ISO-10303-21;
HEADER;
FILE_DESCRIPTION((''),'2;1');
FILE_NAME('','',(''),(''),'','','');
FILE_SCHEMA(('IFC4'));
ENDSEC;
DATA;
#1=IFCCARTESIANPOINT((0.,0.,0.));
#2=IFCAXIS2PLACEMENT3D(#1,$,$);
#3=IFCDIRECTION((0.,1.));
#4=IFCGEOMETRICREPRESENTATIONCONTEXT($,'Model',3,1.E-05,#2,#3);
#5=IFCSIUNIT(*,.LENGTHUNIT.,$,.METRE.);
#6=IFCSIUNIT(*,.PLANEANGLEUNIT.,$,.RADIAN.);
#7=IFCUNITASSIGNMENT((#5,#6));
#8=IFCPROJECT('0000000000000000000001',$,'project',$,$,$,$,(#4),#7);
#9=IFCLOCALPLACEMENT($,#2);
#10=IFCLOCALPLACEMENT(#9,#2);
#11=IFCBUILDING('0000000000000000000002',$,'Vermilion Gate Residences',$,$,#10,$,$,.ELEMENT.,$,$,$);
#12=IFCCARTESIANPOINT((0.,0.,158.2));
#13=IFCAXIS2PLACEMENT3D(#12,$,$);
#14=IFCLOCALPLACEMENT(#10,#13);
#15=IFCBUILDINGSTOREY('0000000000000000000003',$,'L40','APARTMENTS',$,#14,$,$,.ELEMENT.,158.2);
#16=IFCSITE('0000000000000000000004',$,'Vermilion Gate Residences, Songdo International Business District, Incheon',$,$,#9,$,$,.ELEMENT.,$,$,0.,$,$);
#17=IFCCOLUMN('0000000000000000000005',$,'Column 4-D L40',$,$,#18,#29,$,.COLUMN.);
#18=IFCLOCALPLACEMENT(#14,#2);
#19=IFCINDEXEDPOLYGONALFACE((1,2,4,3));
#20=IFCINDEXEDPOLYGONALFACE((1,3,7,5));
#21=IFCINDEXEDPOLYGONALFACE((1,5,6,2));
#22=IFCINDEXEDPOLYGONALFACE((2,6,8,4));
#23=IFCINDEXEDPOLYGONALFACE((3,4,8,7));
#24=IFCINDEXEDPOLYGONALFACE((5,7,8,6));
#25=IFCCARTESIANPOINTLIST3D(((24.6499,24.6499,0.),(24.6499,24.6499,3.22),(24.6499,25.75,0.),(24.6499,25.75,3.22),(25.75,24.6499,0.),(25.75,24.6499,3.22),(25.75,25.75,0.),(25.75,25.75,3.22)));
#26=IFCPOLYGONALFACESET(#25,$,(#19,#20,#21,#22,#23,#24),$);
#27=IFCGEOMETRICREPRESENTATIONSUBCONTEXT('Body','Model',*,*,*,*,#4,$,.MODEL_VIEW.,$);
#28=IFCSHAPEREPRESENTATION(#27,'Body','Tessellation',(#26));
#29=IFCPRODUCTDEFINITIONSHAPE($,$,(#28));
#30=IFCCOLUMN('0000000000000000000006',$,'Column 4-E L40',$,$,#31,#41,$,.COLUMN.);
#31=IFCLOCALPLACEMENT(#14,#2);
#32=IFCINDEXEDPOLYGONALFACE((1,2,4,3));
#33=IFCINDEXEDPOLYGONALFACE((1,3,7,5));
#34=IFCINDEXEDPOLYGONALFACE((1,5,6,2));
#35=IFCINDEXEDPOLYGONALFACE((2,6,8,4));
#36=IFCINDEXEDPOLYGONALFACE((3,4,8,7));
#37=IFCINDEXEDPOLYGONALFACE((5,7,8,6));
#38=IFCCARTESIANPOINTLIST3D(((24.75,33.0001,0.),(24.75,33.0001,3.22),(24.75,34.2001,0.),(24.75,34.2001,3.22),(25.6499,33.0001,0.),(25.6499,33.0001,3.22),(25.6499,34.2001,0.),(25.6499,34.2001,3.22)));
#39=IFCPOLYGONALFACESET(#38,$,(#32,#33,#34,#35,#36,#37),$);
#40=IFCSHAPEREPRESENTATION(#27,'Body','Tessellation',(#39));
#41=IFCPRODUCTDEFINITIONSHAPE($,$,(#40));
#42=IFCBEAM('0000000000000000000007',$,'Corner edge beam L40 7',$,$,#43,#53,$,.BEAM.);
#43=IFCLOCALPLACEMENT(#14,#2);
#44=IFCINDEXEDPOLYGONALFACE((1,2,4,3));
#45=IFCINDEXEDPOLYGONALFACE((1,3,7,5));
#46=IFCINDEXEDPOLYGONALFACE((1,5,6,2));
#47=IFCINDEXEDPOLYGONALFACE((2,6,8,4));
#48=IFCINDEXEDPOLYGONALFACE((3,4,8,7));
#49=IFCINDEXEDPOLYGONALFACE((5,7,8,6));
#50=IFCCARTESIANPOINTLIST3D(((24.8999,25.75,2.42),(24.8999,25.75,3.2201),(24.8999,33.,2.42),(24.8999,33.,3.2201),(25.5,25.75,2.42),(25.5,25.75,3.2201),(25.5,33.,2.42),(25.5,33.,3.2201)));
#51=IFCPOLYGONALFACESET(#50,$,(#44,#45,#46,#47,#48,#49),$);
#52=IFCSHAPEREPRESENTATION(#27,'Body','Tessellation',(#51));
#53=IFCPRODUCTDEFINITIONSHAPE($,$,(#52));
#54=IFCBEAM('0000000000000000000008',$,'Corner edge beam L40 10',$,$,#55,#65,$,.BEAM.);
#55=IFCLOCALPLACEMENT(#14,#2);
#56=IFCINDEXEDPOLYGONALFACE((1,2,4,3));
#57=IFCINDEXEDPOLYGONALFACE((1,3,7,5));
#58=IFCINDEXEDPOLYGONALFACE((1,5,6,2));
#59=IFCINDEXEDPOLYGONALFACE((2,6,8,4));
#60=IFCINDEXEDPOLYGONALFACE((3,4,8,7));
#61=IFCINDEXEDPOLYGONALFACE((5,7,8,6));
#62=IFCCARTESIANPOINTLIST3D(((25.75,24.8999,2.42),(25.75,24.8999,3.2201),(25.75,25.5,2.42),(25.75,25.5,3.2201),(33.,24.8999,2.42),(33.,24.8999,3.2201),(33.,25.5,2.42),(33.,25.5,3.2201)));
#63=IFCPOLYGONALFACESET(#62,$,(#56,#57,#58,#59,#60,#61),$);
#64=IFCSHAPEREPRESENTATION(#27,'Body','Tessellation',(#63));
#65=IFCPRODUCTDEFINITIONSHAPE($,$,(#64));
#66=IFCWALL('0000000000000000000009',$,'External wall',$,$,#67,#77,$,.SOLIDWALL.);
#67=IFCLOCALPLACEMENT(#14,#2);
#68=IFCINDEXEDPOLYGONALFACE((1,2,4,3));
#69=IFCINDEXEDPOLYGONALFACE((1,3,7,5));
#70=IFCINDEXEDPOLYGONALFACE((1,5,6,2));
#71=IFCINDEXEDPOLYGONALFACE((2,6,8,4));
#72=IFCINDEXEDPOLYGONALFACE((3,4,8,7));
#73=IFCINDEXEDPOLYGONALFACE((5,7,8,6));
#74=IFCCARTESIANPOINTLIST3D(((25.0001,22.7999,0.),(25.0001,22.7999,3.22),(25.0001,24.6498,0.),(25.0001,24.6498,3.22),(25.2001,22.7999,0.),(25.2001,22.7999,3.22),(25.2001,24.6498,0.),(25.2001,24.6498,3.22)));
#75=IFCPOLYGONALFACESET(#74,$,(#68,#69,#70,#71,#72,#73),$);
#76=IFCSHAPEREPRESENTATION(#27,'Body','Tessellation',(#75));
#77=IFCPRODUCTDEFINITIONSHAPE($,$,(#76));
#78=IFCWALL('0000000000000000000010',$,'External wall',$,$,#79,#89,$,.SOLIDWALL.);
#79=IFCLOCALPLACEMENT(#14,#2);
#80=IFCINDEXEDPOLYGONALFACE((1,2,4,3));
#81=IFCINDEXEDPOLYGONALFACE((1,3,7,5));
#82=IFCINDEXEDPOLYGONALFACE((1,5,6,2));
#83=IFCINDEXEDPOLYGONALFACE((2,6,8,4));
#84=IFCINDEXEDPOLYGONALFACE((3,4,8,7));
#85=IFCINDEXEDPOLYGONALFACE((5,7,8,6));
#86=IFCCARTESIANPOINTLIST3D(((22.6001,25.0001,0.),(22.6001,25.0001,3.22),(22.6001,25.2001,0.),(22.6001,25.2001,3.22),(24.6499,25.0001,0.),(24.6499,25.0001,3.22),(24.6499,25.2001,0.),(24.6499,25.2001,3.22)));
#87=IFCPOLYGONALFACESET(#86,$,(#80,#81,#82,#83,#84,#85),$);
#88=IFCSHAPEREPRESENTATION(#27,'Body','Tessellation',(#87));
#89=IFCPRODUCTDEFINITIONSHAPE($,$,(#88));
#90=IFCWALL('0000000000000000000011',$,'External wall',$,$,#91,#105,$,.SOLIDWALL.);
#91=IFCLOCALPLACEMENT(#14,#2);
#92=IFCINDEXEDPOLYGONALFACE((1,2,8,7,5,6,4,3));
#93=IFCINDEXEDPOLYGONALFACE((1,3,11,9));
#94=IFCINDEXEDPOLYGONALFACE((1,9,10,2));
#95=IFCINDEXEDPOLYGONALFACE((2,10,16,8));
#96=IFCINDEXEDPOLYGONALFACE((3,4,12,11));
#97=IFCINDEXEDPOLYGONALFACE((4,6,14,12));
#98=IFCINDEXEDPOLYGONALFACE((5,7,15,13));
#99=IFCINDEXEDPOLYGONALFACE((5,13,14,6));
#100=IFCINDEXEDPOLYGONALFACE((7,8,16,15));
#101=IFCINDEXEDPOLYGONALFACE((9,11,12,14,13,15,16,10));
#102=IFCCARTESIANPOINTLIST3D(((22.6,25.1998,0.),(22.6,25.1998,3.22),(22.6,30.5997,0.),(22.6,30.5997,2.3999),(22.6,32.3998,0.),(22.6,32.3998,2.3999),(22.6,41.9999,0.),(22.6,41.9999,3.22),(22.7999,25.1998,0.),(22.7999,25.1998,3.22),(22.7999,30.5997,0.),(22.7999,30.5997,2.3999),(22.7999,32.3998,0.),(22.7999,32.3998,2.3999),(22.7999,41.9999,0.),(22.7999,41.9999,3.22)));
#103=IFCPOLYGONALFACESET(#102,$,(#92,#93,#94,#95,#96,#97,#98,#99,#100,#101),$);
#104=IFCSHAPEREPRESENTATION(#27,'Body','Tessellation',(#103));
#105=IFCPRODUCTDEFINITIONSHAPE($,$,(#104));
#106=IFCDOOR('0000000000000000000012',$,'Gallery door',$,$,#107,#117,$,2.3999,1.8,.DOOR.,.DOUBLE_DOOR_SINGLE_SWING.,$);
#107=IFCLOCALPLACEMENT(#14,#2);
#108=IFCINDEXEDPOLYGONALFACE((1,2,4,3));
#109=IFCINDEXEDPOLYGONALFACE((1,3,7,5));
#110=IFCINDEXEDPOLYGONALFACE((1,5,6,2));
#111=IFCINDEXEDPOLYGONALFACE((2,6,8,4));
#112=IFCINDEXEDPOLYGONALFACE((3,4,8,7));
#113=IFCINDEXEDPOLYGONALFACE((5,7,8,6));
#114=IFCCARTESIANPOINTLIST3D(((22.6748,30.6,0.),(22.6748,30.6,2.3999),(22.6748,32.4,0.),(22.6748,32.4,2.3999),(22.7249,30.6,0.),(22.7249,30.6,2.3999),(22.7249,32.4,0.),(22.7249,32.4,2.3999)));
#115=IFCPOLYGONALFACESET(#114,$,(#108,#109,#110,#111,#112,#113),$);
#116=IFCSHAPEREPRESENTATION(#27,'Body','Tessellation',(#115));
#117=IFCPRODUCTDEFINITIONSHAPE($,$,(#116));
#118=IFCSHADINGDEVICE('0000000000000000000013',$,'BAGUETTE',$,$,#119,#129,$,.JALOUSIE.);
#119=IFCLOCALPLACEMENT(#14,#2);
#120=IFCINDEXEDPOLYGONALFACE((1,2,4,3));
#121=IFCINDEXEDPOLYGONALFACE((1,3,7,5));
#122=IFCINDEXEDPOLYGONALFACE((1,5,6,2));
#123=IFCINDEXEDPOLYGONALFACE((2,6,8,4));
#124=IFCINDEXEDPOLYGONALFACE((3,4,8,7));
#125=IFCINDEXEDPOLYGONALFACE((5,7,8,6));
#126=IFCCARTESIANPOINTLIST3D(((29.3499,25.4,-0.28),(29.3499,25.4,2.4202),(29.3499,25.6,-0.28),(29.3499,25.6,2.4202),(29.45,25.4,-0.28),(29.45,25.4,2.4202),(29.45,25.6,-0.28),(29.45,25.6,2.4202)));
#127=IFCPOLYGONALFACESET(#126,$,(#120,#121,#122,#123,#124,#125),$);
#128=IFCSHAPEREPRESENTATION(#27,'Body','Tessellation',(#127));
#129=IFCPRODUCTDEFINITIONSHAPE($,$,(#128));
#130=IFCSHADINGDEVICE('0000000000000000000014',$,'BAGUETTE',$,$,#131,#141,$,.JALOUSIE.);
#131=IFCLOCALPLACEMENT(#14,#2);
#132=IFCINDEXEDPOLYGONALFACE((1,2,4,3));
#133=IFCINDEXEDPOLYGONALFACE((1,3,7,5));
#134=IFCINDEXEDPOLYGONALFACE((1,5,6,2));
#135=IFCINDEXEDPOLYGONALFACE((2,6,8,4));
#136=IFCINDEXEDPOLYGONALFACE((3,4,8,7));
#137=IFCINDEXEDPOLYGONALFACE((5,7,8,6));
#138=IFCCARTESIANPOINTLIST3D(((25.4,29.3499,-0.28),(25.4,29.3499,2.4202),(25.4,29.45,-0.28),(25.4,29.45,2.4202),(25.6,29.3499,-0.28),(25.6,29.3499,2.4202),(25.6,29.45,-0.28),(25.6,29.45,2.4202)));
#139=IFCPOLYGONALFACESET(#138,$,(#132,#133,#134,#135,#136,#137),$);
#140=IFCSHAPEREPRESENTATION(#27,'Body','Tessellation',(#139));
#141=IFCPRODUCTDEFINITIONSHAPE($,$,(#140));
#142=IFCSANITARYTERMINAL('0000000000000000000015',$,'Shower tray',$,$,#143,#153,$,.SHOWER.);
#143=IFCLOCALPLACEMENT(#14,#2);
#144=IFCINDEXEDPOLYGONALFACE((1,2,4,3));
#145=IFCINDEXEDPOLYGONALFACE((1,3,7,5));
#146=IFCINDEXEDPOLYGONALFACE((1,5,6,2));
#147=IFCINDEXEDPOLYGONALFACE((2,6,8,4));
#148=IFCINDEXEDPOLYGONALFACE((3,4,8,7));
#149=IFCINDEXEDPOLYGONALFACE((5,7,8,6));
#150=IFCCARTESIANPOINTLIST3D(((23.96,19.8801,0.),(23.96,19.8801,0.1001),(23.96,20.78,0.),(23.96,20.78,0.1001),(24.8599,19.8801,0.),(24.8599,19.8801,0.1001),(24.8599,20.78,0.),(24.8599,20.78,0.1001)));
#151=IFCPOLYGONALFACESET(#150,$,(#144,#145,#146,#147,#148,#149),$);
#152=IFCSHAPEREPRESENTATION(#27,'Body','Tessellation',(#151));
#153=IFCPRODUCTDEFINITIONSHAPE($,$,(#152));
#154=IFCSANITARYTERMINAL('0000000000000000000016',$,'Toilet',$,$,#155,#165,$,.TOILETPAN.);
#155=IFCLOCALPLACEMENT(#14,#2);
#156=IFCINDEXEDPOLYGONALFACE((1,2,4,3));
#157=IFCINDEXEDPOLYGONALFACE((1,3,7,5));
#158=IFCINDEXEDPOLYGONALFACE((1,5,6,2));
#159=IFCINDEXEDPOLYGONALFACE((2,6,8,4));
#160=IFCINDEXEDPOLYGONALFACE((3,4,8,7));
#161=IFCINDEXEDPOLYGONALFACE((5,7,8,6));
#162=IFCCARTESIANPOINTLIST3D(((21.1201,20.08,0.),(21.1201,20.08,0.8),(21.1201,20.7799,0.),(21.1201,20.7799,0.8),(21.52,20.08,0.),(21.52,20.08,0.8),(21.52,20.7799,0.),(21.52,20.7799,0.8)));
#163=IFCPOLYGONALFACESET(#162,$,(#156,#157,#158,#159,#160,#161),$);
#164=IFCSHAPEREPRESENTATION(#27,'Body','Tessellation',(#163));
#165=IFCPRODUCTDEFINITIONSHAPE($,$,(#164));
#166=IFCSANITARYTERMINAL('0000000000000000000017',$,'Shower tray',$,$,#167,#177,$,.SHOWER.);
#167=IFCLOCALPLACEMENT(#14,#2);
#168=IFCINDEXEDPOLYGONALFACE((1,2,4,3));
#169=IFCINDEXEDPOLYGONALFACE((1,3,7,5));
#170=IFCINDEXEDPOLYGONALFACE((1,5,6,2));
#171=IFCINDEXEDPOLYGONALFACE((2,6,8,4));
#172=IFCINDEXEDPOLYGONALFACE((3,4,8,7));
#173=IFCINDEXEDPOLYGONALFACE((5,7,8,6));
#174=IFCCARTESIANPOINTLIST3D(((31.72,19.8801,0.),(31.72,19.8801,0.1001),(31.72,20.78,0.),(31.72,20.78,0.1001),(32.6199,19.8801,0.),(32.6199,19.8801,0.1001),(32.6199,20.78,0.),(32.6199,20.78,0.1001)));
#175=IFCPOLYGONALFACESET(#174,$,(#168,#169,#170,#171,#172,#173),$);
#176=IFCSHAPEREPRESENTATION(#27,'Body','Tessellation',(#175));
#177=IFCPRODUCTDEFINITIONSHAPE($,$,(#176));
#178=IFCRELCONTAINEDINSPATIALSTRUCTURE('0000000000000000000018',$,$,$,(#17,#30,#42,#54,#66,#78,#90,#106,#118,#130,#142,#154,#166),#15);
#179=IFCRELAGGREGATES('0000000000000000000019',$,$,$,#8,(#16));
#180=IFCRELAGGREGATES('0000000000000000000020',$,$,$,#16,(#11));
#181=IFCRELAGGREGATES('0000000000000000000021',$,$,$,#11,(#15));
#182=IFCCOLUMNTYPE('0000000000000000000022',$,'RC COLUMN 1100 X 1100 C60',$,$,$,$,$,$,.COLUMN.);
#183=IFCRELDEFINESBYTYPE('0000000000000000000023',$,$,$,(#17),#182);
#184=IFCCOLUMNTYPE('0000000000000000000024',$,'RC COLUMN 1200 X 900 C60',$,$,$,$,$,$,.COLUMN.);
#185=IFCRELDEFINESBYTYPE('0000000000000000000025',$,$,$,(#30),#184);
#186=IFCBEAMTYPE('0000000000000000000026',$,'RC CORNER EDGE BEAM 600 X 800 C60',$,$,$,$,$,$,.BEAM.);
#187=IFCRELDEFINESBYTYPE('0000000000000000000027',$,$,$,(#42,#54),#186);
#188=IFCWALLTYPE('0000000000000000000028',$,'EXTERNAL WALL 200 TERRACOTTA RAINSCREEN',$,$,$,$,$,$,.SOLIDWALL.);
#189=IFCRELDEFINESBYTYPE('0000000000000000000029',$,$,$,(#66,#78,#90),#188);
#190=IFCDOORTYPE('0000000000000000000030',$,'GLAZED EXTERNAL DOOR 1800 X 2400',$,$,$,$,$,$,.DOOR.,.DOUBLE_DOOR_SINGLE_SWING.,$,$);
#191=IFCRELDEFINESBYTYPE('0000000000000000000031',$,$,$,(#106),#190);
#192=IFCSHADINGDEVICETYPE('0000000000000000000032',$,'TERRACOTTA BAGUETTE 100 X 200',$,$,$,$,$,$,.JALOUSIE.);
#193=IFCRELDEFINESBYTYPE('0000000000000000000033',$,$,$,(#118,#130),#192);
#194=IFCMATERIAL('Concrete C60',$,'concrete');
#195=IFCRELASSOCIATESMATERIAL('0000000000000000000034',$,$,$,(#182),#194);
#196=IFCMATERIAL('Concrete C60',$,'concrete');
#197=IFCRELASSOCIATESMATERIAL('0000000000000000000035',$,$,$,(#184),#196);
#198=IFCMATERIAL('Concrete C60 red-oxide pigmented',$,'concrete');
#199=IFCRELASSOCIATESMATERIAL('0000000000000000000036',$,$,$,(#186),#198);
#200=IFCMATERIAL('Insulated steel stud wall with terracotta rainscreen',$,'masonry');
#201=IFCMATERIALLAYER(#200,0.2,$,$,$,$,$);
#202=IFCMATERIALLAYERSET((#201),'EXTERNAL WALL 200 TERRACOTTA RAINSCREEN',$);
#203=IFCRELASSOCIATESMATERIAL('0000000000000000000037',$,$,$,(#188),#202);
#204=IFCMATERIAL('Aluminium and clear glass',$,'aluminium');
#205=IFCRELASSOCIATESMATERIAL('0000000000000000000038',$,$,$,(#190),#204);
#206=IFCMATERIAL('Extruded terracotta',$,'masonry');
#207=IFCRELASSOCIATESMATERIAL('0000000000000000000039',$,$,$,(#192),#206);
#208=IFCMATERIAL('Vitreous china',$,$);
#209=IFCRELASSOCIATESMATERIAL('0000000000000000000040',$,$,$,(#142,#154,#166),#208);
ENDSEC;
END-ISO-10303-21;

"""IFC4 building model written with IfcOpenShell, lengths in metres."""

from ifc_helpers import new_model, si_unit, direction, frame, frame_2d, origin, origin_2d, place, context, subcontext, project, spatial, rectangle, extrude, material, layer, layer_set, material_profile, profile_set, type_object, element, fill, save


model = new_model("IFC4")

# Units and contexts
model_context = context("Model", 3, precision=1e-05, world=origin(), true_north=direction((0.0, 1.0)))
body_context = subcontext(model_context, "Body", "Model", "MODEL_VIEW")
ifc_project = project(units=[si_unit("LENGTHUNIT", "METRE"), si_unit("PLANEANGLEUNIT", "RADIAN")], contexts=[model_context])

# Site, building, storey
site_placement = place(None, origin())
site = spatial("IfcSite", under=ifc_project, at=site_placement, Name="Vermilion Gate Residences, Songdo International Business District, Incheon", CompositionType="ELEMENT", RefElevation=0.0)
building_placement = place(site_placement, origin())
building = spatial("IfcBuilding", under=site, at=building_placement, Name="Vermilion Gate Residences", CompositionType="ELEMENT")
storey_placement = place(building_placement, frame((0.0, 0.0, 158.2)))
storey = spatial("IfcBuildingStorey", under=building, at=storey_placement, Name="L40", Description="APARTMENTS", CompositionType="ELEMENT", Elevation=158.2)

# Columns
ifc_material_1 = material(Name="Concrete C60", Category="concrete")
ifc_material_profile_1 = material_profile(ifc_material_1, rectangle(XDim=1.1001, YDim=1.1001, at=origin_2d()), Name="RC-1100x1100")
ifc_profile_set_1 = profile_set([ifc_material_profile_1], Name="Concrete C60")
column_type_1 = type_object("IfcColumnType", Name="RC COLUMN 1100 X 1100 C60", PredefinedType="COLUMN", material=ifc_profile_set_1)
column_1_placement = place(storey_placement, frame((25.2, 25.2, 0.0), z_axis=(0.0, 0.0, 1.0), x_axis=(1.0, 0.0, 0.0)))
element("IfcColumn", 1, at=column_1_placement, inside=storey, type_object=column_type_1, Name="Column 4-D L40", PredefinedType="COLUMN", context=body_context, shape_type="SweptSolid", body=[
    extrude(rectangle(XDim=1.1001, YDim=1.1001, at=origin_2d()), origin(), (0.0, 0.0, 1.0), 3.22),
])
ifc_material_2 = material(Name="Concrete C60", Category="concrete")
ifc_material_profile_2 = material_profile(ifc_material_2, rectangle(XDim=1.2, YDim=0.8999, at=origin_2d()), Name="RC-1200x900")
ifc_profile_set_2 = profile_set([ifc_material_profile_2], Name="Concrete C60")
column_type_2 = type_object("IfcColumnType", Name="RC COLUMN 1200 X 900 C60", PredefinedType="COLUMN", material=ifc_profile_set_2)
column_2_placement = place(storey_placement, frame((25.2, 33.6001, 0.0), z_axis=(0.0, 0.0, 1.0), x_axis=(0.0, 1.0, 0.0)))
element("IfcColumn", 2, at=column_2_placement, inside=storey, type_object=column_type_2, Name="Column 4-E L40", PredefinedType="COLUMN", context=body_context, shape_type="SweptSolid", body=[
    extrude(rectangle(XDim=1.2, YDim=0.8999, at=origin_2d()), origin(), (0.0, 0.0, 1.0), 3.22),
])

# Beams
ifc_material_3 = material(Name="Concrete C60 red-oxide pigmented", Category="concrete")
ifc_material_profile_3 = material_profile(ifc_material_3, rectangle(XDim=0.6001, YDim=0.8, at=origin_2d()), Name="RC-600x800")
ifc_profile_set_3 = profile_set([ifc_material_profile_3], Name="Concrete C60 red-oxide pigmented")
beam_type = type_object("IfcBeamType", Name="RC CORNER EDGE BEAM 600 X 800 C60", PredefinedType="BEAM", material=ifc_profile_set_3)
for number, where, z_axis, x_axis, name in (
    (3, (25.2, 25.75, 2.8201), (0.0, 1.0, 0.0), (-1.0, 0.0, 0.0), "Corner edge beam L40 7"),
    (4, (25.75, 25.2, 2.8201), (1.0, 0.0, 0.0), (0.0, 1.0, 0.0), "Corner edge beam L40 10"),
):
    element("IfcBeam", number, at=place(storey_placement, frame(where, z_axis=z_axis, x_axis=x_axis)), inside=storey, type_object=beam_type, Name=name, PredefinedType="BEAM", context=body_context, shape_type="SweptSolid", body=[
        extrude(rectangle(XDim=0.6001, YDim=0.8, at=origin_2d()), origin(), (0.0, 0.0, 1.0), 7.25),
    ])

# Walls
ifc_material_4 = material(Name="Insulated steel stud wall with terracotta rainscreen", Category="masonry")
ifc_layer = layer(ifc_material_4, 0.2)
ifc_layer_set = layer_set([ifc_layer], Name="EXTERNAL WALL 200 TERRACOTTA RAINSCREEN")
wall_type = type_object("IfcWallType", Name="EXTERNAL WALL 200 TERRACOTTA RAINSCREEN", PredefinedType="SOLIDWALL", material=ifc_layer_set)
wall_1_placement = place(storey_placement, frame((25.1001, 22.8, 0.0), z_axis=(0.0, 0.0, 1.0), x_axis=(0.0, 1.0, 0.0)))
element("IfcWall", 5, at=wall_1_placement, inside=storey, type_object=wall_type, Name="External wall", PredefinedType="SOLIDWALL", context=body_context, shape_type="SweptSolid", body=[
    extrude(rectangle(XDim=1.8499, YDim=0.2, at=frame_2d((0.9248, 0.0))), origin(), (0.0, 0.0, 1.0), 3.22),
])
wall_2_placement = place(storey_placement, frame((24.6499, 25.1001, 0.0), z_axis=(0.0, 0.0, 1.0), x_axis=(-1.0, 0.0, 0.0)))
element("IfcWall", 6, at=wall_2_placement, inside=storey, type_object=wall_type, Name="External wall", PredefinedType="SOLIDWALL", context=body_context, shape_type="SweptSolid", body=[
    extrude(rectangle(XDim=2.0498, YDim=0.2, at=frame_2d((1.0249, 0.0))), origin(), (0.0, 0.0, 1.0), 3.22),
])

# Wall, opening, door
wall_3_placement = place(storey_placement, frame((22.7, 25.2, 0.0), z_axis=(0.0, 0.0, 1.0), x_axis=(0.0, 1.0, 0.0)))
wall_3 = element("IfcWall", 7, at=wall_3_placement, inside=storey, type_object=wall_type, Name="External wall", PredefinedType="SOLIDWALL", context=body_context, shape_type="SweptSolid", body=[
    extrude(rectangle(XDim=16.8, YDim=0.2, at=frame_2d((8.3999, 0.0))), origin(), (0.0, 0.0, 1.0), 3.22),
])
opening_placement = place(wall_3_placement, frame((5.3999, 0.0, 0.0)))
opening = element("IfcOpeningElement", 8, at=opening_placement, cuts=wall_3, PredefinedType="OPENING", context=body_context, shape_type="SweptSolid", body=[
    extrude(rectangle(XDim=1.8, YDim=2.3999, at=frame_2d((0.8999, 1.2))), frame((0.0, 0.1099, 0.0), z_axis=(0.0, -1.0, 0.0), x_axis=(1.0, 0.0, 0.0)), (0.0, 0.0, 1.0), 0.22),
])
ifc_material_5 = material(Name="Aluminium and clear glass", Category="aluminium")
door_type = type_object("IfcDoorType", Name="GLAZED EXTERNAL DOOR 1800 X 2400", OperationType="DOUBLE_DOOR_SINGLE_SWING", PredefinedType="DOOR", material=ifc_material_5)
door_placement = place(opening_placement, frame((1.8, 0.0, 0.0), z_axis=(0.0, 0.0, 1.0), x_axis=(-1.0, 0.0, 0.0)))
door = element("IfcDoor", 9, at=door_placement, inside=storey, type_object=door_type, Name="Gallery door", OperationType="DOUBLE_DOOR_SINGLE_SWING", OverallHeight=2.3999, OverallWidth=1.8, PredefinedType="DOOR", context=body_context, shape_type="SweptSolid", body=[
    extrude(rectangle(XDim=1.8, YDim=2.3999, at=frame_2d((0.8999, 1.2))), frame((0.0, 0.0249, 0.0), z_axis=(0.0, -1.0, 0.0), x_axis=(1.0, 0.0, 0.0)), (0.0, 0.0, 1.0), 0.05),
])
fill(opening, door)

# Shading devices
ifc_material_6 = material(Name="Extruded terracotta", Category="masonry")
ifc_material_profile_4 = material_profile(ifc_material_6, rectangle(XDim=0.2, YDim=0.1001, at=origin_2d()), Name="BAGUETTE 100 X 200")
ifc_profile_set_4 = profile_set([ifc_material_profile_4], Name="Extruded terracotta")
shading_device_type = type_object("IfcShadingDeviceType", Name="TERRACOTTA BAGUETTE 100 X 200", PredefinedType="JALOUSIE", material=ifc_profile_set_4)
for number, where, z_axis, x_axis, name in (
    (10, (29.3999, 25.5, -0.28), (0.0, 0.0, 1.0), (0.0, -1.0, 0.0), "BAGUETTE"),
    (11, (25.5, 29.3999, -0.28), (0.0, 0.0, 1.0), (-1.0, 0.0, 0.0), "BAGUETTE"),
):
    element("IfcShadingDevice", number, at=place(storey_placement, frame(where, z_axis=z_axis, x_axis=x_axis)), inside=storey, type_object=shading_device_type, Name=name, PredefinedType="JALOUSIE", context=body_context, shape_type="SweptSolid", body=[
        extrude(rectangle(XDim=0.2, YDim=0.1001, at=origin_2d()), origin(), (0.0, 0.0, 1.0), 2.7002),
    ])

# Sanitary terminals
ifc_material_7 = material(Name="Vitreous china")
sanitary_terminal_1_placement = place(storey_placement, frame((24.4099, 20.3301, 0.0), z_axis=(0.0, 0.0, 1.0), x_axis=(1.0, 0.0, 0.0)))
element("IfcSanitaryTerminal", 12, at=sanitary_terminal_1_placement, inside=storey, material=ifc_material_7, Name="Shower tray", PredefinedType="SHOWER", context=body_context, shape_type="SweptSolid", body=[
    extrude(rectangle(XDim=0.8999, YDim=0.8999, at=origin_2d()), origin(), (0.0, 0.0, 1.0), 0.1001),
])
sanitary_terminal_2_placement = place(storey_placement, frame((21.3201, 20.4299, 0.0), z_axis=(0.0, 0.0, 1.0), x_axis=(1.0, 0.0, 0.0)))
element("IfcSanitaryTerminal", 13, at=sanitary_terminal_2_placement, inside=storey, material=ifc_material_7, Name="Toilet", PredefinedType="TOILETPAN", context=body_context, shape_type="SweptSolid", body=[
    extrude(rectangle(XDim=0.3999, YDim=0.7, at=origin_2d()), origin(), (0.0, 0.0, 1.0), 0.8),
])
sanitary_terminal_3_placement = place(storey_placement, frame((32.1699, 20.3301, 0.0), z_axis=(0.0, 0.0, 1.0), x_axis=(1.0, 0.0, 0.0)))
element("IfcSanitaryTerminal", 14, at=sanitary_terminal_3_placement, inside=storey, material=ifc_material_7, Name="Shower tray", PredefinedType="SHOWER", context=body_context, shape_type="SweptSolid", body=[
    extrude(rectangle(XDim=0.8999, YDim=0.8999, at=origin_2d()), origin(), (0.0, 0.0, 1.0), 0.1001),
])

save(model, "model.ifc")
